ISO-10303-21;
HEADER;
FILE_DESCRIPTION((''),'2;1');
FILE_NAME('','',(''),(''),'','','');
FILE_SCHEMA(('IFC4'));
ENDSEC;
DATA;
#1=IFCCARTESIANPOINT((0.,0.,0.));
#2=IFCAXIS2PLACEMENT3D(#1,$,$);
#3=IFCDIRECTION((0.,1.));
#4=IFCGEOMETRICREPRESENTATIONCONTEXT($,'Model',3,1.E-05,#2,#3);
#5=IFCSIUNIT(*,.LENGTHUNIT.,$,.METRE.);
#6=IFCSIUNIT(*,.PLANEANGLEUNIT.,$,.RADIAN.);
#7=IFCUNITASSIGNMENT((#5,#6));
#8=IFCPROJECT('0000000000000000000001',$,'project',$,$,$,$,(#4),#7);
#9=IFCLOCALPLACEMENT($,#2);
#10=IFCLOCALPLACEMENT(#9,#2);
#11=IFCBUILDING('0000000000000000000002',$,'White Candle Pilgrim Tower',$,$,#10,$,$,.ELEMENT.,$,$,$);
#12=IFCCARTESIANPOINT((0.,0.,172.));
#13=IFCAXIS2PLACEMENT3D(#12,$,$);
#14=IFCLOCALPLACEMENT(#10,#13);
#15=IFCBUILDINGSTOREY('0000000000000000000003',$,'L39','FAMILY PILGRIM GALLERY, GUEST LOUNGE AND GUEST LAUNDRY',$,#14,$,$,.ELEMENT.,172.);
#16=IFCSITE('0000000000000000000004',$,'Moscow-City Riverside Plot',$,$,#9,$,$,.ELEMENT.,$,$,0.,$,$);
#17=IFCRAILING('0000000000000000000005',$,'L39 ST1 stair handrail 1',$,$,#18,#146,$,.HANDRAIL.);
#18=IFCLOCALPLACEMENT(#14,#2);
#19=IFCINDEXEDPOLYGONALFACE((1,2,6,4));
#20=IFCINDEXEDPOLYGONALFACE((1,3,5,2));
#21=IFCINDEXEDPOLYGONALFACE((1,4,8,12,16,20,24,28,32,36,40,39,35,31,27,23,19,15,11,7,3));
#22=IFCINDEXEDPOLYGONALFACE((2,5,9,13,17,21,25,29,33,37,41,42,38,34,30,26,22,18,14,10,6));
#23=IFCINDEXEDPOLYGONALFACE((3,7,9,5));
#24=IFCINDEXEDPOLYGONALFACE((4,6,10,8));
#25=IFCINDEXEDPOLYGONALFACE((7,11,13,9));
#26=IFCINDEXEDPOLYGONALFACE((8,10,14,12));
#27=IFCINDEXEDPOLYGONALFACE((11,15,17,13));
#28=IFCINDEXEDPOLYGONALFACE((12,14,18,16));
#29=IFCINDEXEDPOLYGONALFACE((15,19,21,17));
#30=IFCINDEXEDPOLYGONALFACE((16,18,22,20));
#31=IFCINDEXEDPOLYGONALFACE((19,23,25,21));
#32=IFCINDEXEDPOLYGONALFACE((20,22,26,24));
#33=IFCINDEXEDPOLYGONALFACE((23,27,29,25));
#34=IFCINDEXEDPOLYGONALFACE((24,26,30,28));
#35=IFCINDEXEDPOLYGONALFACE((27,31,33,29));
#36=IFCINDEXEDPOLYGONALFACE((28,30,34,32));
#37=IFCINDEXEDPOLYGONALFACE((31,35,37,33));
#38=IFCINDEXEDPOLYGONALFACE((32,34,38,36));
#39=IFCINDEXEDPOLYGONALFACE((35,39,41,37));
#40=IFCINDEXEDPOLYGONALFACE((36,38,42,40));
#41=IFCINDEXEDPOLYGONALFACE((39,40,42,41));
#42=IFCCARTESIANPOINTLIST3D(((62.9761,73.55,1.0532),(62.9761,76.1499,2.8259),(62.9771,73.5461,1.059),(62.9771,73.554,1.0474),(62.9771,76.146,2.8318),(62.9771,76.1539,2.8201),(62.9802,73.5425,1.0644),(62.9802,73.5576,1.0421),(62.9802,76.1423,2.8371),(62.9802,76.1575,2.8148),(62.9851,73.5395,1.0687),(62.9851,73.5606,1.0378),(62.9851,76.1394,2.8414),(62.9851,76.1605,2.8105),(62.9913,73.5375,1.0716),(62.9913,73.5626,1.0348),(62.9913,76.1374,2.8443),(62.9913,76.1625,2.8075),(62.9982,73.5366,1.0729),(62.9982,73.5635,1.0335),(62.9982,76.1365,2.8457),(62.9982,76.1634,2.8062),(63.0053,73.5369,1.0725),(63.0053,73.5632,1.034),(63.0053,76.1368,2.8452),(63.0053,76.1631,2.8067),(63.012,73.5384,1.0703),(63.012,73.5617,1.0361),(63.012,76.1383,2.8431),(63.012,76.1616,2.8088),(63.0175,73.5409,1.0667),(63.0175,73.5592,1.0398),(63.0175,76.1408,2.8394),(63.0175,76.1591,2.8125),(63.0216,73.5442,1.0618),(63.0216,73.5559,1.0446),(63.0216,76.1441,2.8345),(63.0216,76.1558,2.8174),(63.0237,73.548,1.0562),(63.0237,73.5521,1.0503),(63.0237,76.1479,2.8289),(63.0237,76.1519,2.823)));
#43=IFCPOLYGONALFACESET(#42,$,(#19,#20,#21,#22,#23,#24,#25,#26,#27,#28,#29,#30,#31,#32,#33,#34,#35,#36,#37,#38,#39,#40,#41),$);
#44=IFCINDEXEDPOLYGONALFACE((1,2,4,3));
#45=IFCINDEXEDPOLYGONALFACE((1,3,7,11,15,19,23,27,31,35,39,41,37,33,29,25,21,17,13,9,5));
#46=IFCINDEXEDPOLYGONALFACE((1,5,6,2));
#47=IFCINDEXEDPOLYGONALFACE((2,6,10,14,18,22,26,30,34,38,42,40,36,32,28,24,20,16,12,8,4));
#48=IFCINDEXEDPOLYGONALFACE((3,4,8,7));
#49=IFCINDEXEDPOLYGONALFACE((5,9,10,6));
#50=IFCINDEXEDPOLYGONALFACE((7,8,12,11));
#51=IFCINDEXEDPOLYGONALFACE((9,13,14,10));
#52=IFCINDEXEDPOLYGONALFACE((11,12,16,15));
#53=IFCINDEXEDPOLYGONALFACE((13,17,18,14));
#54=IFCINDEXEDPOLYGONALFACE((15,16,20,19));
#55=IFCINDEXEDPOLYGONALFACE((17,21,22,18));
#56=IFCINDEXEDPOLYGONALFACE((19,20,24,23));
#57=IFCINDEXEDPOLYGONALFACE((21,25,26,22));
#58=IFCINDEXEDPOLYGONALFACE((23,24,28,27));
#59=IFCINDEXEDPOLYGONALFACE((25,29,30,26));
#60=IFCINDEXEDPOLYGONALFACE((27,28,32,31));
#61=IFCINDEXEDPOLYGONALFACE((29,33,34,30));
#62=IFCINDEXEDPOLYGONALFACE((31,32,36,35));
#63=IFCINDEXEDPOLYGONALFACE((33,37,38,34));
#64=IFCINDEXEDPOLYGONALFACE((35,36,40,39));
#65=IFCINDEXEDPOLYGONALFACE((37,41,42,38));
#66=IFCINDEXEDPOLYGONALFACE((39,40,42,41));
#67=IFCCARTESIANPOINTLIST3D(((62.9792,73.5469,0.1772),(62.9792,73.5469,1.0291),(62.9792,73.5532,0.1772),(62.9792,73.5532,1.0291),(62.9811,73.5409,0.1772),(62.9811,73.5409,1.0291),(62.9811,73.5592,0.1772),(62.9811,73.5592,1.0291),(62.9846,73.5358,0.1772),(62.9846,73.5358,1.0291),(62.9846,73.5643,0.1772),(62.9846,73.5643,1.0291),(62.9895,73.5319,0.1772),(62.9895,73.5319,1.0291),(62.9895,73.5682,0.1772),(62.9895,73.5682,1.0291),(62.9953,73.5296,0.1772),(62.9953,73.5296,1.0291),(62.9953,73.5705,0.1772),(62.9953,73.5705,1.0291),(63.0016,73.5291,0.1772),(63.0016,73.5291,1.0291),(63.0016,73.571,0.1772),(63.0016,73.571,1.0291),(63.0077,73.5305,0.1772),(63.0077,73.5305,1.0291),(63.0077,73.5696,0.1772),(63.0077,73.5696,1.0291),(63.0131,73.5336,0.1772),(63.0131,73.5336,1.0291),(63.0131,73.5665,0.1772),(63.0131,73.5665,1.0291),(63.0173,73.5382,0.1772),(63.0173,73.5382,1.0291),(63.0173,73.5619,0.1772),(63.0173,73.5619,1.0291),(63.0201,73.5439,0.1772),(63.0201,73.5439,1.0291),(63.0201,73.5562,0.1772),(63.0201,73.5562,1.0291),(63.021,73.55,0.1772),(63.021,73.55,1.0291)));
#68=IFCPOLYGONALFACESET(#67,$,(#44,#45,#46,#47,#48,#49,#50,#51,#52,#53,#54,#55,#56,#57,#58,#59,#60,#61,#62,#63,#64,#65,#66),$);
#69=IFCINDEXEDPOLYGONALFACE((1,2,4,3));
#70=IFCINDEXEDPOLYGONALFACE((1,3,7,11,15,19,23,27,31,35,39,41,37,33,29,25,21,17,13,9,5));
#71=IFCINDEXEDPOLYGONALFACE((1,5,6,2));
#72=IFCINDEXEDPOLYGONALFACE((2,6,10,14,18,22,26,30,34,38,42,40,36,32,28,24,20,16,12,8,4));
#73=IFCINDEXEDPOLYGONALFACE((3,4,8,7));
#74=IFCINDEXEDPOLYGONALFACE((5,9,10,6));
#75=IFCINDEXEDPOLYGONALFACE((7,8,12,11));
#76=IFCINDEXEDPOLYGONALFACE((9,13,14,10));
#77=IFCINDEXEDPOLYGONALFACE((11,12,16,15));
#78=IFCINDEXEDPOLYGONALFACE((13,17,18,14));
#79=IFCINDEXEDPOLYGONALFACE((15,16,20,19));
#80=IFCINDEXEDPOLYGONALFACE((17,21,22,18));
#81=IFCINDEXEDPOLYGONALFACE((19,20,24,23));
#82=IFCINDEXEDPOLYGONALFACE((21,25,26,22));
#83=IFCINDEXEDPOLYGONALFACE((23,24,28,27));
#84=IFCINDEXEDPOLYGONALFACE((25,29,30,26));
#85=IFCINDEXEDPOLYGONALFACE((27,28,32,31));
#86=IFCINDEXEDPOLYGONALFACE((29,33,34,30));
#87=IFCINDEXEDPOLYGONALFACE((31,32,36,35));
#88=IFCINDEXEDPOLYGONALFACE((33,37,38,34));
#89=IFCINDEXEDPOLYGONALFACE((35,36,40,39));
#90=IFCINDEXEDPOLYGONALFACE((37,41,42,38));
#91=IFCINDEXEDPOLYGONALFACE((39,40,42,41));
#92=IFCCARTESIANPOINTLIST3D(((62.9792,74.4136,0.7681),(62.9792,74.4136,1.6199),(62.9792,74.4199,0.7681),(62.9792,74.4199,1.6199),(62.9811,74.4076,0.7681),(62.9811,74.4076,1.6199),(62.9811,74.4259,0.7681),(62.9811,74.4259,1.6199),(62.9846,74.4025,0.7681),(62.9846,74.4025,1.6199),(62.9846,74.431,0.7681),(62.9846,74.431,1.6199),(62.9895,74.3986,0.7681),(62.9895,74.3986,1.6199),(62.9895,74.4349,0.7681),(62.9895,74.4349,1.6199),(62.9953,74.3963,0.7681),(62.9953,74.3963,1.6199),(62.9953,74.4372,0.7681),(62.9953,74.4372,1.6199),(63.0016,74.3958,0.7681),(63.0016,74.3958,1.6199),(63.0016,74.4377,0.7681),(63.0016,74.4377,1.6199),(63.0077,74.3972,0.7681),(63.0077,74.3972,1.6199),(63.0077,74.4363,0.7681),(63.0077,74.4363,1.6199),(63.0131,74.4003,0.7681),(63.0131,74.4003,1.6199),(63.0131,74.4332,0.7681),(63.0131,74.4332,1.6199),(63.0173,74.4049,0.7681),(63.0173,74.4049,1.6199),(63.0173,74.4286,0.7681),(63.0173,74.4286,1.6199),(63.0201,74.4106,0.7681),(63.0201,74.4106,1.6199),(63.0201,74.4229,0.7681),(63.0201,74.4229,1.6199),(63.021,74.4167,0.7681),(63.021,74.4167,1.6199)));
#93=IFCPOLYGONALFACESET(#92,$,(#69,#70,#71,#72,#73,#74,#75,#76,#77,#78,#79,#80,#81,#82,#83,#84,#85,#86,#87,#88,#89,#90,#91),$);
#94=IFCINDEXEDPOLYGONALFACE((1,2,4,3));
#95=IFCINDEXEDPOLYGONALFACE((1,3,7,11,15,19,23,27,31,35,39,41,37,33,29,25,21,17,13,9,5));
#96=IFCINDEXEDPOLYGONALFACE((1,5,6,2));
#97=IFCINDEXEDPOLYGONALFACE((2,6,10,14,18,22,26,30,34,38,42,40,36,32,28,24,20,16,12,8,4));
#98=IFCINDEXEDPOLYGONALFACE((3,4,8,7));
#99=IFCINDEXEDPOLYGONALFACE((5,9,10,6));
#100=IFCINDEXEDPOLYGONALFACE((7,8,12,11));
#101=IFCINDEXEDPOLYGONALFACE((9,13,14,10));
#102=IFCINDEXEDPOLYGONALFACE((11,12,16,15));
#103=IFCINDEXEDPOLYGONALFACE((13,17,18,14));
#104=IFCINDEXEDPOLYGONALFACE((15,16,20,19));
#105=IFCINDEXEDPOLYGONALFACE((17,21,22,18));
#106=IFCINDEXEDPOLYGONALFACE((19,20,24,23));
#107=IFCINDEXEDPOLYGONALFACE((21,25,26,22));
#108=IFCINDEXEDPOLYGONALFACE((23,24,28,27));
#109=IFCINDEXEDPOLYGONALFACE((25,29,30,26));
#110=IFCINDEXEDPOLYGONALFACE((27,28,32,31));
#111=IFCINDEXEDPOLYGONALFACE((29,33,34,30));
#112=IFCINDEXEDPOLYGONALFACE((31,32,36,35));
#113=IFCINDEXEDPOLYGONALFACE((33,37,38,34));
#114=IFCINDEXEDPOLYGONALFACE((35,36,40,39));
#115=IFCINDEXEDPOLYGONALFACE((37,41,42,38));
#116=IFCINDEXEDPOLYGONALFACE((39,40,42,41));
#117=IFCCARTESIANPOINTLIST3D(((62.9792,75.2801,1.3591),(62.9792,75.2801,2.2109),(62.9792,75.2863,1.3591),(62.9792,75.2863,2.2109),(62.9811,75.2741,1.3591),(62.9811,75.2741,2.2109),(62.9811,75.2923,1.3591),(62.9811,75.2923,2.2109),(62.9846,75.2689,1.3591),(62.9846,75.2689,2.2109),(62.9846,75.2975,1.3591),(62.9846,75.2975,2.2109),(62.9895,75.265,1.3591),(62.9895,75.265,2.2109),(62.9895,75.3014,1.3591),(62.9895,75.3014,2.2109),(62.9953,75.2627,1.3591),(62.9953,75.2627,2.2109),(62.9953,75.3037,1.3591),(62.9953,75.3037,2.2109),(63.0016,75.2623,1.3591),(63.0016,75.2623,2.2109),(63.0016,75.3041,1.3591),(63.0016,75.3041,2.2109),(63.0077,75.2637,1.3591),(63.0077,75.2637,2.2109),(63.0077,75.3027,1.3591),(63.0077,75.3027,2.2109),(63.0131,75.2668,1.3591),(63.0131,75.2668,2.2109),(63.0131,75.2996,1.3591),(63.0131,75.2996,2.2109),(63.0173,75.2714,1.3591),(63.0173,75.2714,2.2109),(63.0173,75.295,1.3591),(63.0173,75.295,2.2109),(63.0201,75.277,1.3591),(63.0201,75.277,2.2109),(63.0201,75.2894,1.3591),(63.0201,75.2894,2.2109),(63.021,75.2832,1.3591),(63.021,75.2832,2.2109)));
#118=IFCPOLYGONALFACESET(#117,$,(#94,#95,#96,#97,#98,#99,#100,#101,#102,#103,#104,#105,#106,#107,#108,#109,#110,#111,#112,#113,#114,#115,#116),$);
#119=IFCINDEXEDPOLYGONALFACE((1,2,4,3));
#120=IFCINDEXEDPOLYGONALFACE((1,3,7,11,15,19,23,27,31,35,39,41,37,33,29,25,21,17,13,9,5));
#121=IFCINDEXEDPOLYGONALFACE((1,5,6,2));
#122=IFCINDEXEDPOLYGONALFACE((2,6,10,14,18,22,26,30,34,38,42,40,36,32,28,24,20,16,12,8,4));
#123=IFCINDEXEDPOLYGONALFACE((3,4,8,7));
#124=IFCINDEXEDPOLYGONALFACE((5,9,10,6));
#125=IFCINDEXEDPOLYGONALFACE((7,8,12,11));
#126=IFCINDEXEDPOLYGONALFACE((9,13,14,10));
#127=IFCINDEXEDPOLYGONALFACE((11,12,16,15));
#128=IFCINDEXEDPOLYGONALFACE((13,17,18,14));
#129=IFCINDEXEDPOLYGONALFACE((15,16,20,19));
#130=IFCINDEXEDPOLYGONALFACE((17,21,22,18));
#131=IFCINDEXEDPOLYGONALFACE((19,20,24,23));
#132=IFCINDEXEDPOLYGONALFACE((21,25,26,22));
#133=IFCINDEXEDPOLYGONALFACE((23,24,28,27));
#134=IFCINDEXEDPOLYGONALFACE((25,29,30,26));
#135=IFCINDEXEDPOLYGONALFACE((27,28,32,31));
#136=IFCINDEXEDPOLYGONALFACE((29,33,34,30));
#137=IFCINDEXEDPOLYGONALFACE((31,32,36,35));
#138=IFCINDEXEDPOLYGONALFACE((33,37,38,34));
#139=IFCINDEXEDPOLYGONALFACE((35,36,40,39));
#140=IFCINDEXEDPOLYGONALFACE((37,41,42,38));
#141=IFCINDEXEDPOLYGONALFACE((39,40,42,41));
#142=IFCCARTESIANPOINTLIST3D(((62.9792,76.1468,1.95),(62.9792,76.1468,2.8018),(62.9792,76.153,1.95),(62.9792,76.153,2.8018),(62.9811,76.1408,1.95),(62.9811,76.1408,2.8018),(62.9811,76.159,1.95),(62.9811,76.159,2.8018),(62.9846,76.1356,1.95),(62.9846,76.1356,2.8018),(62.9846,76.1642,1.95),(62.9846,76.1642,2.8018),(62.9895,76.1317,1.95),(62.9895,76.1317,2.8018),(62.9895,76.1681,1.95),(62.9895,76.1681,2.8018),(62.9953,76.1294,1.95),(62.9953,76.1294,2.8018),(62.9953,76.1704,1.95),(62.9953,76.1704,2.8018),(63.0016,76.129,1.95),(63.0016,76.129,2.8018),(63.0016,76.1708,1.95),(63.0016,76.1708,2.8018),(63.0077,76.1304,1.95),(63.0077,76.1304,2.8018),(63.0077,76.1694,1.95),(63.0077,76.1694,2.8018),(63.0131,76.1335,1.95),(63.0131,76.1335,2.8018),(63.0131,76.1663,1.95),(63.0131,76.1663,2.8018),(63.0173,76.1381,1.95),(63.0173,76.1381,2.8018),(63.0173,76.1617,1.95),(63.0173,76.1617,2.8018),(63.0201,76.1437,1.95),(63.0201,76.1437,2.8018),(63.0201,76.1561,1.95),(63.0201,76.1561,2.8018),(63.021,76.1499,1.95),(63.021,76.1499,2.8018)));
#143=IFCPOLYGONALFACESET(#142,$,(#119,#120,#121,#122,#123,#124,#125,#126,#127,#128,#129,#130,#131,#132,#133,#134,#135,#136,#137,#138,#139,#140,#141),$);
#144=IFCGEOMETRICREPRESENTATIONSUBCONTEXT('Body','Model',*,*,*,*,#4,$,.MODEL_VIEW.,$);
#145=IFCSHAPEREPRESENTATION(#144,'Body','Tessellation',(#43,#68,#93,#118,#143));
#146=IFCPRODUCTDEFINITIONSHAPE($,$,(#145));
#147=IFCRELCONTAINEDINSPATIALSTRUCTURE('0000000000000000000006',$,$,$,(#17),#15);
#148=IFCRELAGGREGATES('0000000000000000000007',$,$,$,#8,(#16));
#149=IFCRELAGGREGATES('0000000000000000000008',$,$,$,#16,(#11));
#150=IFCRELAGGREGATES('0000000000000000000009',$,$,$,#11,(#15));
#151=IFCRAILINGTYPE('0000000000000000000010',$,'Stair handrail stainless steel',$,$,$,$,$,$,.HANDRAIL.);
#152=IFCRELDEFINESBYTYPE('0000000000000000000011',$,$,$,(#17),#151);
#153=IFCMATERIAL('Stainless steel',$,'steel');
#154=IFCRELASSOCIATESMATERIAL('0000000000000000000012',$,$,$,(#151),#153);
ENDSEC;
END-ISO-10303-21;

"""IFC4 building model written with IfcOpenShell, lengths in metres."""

from ifc_helpers import new_model, si_unit, direction, frame, origin, origin_2d, place, context, subcontext, project, spatial, circle, extrude, material, type_object, element, save


model = new_model("IFC4")

# Units and contexts
model_context = context("Model", 3, precision=1e-05, world=origin(), true_north=direction((0.0, 1.0)))
body_context = subcontext(model_context, "Body", "Model", "MODEL_VIEW")
ifc_project = project(units=[si_unit("LENGTHUNIT", "METRE"), si_unit("PLANEANGLEUNIT", "RADIAN")], contexts=[model_context])

# Site, building, storey
site_placement = place(None, origin())
site = spatial("IfcSite", under=ifc_project, at=site_placement, Name="Moscow-City Riverside Plot", CompositionType="ELEMENT", RefElevation=0.0)
building_placement = place(site_placement, origin())
building = spatial("IfcBuilding", under=site, at=building_placement, Name="White Candle Pilgrim Tower", CompositionType="ELEMENT")
storey_placement = place(building_placement, frame((0.0, 0.0, 172.0)))
storey = spatial("IfcBuildingStorey", under=building, at=storey_placement, Name="L39", Description="FAMILY PILGRIM GALLERY, GUEST LOUNGE AND GUEST LAUNDRY", CompositionType="ELEMENT", Elevation=172.0)

# Shared definitions
ifc_material_1 = material(Name="Stainless steel", Category="steel")

# Railing
railing_type_1 = type_object("IfcRailingType", Name="Stair handrail stainless steel", PredefinedType="HANDRAIL", material=ifc_material_1)
railing_1_placement = place(storey_placement, frame((63.0, 73.55, 0.1772)))
element("IfcRailing", 1, at=railing_1_placement, inside=storey, type_object=railing_type_1, Name="L39 ST1 stair handrail 1", PredefinedType="HANDRAIL", context=body_context, shape_type="SweptSolid", body=[
    extrude(circle(Radius=0.0239, at=origin_2d()), frame((0.0, 0.0, 0.876), z_axis=(0.0, 0.826216, 0.563354), x_axis=(-1.0, 0.0, 0.0)), (0.0, 0.0, 1.0), 3.1467),
    extrude(circle(Radius=0.021, at=origin_2d()), origin(), (0.0, 0.0, 1.0), 0.8518),
    extrude(circle(Radius=0.021, at=origin_2d()), frame((0.0, 0.8667, 0.5908)), (0.0, 0.0, 1.0), 0.8518),
    extrude(circle(Radius=0.021, at=origin_2d()), frame((0.0, 1.7332, 1.1819)), (0.0, 0.0, 1.0), 0.8518),
    extrude(circle(Radius=0.021, at=origin_2d()), frame((0.0, 2.5999, 1.7727)), (0.0, 0.0, 1.0), 0.8518),
])

save(model, "model.ifc")
